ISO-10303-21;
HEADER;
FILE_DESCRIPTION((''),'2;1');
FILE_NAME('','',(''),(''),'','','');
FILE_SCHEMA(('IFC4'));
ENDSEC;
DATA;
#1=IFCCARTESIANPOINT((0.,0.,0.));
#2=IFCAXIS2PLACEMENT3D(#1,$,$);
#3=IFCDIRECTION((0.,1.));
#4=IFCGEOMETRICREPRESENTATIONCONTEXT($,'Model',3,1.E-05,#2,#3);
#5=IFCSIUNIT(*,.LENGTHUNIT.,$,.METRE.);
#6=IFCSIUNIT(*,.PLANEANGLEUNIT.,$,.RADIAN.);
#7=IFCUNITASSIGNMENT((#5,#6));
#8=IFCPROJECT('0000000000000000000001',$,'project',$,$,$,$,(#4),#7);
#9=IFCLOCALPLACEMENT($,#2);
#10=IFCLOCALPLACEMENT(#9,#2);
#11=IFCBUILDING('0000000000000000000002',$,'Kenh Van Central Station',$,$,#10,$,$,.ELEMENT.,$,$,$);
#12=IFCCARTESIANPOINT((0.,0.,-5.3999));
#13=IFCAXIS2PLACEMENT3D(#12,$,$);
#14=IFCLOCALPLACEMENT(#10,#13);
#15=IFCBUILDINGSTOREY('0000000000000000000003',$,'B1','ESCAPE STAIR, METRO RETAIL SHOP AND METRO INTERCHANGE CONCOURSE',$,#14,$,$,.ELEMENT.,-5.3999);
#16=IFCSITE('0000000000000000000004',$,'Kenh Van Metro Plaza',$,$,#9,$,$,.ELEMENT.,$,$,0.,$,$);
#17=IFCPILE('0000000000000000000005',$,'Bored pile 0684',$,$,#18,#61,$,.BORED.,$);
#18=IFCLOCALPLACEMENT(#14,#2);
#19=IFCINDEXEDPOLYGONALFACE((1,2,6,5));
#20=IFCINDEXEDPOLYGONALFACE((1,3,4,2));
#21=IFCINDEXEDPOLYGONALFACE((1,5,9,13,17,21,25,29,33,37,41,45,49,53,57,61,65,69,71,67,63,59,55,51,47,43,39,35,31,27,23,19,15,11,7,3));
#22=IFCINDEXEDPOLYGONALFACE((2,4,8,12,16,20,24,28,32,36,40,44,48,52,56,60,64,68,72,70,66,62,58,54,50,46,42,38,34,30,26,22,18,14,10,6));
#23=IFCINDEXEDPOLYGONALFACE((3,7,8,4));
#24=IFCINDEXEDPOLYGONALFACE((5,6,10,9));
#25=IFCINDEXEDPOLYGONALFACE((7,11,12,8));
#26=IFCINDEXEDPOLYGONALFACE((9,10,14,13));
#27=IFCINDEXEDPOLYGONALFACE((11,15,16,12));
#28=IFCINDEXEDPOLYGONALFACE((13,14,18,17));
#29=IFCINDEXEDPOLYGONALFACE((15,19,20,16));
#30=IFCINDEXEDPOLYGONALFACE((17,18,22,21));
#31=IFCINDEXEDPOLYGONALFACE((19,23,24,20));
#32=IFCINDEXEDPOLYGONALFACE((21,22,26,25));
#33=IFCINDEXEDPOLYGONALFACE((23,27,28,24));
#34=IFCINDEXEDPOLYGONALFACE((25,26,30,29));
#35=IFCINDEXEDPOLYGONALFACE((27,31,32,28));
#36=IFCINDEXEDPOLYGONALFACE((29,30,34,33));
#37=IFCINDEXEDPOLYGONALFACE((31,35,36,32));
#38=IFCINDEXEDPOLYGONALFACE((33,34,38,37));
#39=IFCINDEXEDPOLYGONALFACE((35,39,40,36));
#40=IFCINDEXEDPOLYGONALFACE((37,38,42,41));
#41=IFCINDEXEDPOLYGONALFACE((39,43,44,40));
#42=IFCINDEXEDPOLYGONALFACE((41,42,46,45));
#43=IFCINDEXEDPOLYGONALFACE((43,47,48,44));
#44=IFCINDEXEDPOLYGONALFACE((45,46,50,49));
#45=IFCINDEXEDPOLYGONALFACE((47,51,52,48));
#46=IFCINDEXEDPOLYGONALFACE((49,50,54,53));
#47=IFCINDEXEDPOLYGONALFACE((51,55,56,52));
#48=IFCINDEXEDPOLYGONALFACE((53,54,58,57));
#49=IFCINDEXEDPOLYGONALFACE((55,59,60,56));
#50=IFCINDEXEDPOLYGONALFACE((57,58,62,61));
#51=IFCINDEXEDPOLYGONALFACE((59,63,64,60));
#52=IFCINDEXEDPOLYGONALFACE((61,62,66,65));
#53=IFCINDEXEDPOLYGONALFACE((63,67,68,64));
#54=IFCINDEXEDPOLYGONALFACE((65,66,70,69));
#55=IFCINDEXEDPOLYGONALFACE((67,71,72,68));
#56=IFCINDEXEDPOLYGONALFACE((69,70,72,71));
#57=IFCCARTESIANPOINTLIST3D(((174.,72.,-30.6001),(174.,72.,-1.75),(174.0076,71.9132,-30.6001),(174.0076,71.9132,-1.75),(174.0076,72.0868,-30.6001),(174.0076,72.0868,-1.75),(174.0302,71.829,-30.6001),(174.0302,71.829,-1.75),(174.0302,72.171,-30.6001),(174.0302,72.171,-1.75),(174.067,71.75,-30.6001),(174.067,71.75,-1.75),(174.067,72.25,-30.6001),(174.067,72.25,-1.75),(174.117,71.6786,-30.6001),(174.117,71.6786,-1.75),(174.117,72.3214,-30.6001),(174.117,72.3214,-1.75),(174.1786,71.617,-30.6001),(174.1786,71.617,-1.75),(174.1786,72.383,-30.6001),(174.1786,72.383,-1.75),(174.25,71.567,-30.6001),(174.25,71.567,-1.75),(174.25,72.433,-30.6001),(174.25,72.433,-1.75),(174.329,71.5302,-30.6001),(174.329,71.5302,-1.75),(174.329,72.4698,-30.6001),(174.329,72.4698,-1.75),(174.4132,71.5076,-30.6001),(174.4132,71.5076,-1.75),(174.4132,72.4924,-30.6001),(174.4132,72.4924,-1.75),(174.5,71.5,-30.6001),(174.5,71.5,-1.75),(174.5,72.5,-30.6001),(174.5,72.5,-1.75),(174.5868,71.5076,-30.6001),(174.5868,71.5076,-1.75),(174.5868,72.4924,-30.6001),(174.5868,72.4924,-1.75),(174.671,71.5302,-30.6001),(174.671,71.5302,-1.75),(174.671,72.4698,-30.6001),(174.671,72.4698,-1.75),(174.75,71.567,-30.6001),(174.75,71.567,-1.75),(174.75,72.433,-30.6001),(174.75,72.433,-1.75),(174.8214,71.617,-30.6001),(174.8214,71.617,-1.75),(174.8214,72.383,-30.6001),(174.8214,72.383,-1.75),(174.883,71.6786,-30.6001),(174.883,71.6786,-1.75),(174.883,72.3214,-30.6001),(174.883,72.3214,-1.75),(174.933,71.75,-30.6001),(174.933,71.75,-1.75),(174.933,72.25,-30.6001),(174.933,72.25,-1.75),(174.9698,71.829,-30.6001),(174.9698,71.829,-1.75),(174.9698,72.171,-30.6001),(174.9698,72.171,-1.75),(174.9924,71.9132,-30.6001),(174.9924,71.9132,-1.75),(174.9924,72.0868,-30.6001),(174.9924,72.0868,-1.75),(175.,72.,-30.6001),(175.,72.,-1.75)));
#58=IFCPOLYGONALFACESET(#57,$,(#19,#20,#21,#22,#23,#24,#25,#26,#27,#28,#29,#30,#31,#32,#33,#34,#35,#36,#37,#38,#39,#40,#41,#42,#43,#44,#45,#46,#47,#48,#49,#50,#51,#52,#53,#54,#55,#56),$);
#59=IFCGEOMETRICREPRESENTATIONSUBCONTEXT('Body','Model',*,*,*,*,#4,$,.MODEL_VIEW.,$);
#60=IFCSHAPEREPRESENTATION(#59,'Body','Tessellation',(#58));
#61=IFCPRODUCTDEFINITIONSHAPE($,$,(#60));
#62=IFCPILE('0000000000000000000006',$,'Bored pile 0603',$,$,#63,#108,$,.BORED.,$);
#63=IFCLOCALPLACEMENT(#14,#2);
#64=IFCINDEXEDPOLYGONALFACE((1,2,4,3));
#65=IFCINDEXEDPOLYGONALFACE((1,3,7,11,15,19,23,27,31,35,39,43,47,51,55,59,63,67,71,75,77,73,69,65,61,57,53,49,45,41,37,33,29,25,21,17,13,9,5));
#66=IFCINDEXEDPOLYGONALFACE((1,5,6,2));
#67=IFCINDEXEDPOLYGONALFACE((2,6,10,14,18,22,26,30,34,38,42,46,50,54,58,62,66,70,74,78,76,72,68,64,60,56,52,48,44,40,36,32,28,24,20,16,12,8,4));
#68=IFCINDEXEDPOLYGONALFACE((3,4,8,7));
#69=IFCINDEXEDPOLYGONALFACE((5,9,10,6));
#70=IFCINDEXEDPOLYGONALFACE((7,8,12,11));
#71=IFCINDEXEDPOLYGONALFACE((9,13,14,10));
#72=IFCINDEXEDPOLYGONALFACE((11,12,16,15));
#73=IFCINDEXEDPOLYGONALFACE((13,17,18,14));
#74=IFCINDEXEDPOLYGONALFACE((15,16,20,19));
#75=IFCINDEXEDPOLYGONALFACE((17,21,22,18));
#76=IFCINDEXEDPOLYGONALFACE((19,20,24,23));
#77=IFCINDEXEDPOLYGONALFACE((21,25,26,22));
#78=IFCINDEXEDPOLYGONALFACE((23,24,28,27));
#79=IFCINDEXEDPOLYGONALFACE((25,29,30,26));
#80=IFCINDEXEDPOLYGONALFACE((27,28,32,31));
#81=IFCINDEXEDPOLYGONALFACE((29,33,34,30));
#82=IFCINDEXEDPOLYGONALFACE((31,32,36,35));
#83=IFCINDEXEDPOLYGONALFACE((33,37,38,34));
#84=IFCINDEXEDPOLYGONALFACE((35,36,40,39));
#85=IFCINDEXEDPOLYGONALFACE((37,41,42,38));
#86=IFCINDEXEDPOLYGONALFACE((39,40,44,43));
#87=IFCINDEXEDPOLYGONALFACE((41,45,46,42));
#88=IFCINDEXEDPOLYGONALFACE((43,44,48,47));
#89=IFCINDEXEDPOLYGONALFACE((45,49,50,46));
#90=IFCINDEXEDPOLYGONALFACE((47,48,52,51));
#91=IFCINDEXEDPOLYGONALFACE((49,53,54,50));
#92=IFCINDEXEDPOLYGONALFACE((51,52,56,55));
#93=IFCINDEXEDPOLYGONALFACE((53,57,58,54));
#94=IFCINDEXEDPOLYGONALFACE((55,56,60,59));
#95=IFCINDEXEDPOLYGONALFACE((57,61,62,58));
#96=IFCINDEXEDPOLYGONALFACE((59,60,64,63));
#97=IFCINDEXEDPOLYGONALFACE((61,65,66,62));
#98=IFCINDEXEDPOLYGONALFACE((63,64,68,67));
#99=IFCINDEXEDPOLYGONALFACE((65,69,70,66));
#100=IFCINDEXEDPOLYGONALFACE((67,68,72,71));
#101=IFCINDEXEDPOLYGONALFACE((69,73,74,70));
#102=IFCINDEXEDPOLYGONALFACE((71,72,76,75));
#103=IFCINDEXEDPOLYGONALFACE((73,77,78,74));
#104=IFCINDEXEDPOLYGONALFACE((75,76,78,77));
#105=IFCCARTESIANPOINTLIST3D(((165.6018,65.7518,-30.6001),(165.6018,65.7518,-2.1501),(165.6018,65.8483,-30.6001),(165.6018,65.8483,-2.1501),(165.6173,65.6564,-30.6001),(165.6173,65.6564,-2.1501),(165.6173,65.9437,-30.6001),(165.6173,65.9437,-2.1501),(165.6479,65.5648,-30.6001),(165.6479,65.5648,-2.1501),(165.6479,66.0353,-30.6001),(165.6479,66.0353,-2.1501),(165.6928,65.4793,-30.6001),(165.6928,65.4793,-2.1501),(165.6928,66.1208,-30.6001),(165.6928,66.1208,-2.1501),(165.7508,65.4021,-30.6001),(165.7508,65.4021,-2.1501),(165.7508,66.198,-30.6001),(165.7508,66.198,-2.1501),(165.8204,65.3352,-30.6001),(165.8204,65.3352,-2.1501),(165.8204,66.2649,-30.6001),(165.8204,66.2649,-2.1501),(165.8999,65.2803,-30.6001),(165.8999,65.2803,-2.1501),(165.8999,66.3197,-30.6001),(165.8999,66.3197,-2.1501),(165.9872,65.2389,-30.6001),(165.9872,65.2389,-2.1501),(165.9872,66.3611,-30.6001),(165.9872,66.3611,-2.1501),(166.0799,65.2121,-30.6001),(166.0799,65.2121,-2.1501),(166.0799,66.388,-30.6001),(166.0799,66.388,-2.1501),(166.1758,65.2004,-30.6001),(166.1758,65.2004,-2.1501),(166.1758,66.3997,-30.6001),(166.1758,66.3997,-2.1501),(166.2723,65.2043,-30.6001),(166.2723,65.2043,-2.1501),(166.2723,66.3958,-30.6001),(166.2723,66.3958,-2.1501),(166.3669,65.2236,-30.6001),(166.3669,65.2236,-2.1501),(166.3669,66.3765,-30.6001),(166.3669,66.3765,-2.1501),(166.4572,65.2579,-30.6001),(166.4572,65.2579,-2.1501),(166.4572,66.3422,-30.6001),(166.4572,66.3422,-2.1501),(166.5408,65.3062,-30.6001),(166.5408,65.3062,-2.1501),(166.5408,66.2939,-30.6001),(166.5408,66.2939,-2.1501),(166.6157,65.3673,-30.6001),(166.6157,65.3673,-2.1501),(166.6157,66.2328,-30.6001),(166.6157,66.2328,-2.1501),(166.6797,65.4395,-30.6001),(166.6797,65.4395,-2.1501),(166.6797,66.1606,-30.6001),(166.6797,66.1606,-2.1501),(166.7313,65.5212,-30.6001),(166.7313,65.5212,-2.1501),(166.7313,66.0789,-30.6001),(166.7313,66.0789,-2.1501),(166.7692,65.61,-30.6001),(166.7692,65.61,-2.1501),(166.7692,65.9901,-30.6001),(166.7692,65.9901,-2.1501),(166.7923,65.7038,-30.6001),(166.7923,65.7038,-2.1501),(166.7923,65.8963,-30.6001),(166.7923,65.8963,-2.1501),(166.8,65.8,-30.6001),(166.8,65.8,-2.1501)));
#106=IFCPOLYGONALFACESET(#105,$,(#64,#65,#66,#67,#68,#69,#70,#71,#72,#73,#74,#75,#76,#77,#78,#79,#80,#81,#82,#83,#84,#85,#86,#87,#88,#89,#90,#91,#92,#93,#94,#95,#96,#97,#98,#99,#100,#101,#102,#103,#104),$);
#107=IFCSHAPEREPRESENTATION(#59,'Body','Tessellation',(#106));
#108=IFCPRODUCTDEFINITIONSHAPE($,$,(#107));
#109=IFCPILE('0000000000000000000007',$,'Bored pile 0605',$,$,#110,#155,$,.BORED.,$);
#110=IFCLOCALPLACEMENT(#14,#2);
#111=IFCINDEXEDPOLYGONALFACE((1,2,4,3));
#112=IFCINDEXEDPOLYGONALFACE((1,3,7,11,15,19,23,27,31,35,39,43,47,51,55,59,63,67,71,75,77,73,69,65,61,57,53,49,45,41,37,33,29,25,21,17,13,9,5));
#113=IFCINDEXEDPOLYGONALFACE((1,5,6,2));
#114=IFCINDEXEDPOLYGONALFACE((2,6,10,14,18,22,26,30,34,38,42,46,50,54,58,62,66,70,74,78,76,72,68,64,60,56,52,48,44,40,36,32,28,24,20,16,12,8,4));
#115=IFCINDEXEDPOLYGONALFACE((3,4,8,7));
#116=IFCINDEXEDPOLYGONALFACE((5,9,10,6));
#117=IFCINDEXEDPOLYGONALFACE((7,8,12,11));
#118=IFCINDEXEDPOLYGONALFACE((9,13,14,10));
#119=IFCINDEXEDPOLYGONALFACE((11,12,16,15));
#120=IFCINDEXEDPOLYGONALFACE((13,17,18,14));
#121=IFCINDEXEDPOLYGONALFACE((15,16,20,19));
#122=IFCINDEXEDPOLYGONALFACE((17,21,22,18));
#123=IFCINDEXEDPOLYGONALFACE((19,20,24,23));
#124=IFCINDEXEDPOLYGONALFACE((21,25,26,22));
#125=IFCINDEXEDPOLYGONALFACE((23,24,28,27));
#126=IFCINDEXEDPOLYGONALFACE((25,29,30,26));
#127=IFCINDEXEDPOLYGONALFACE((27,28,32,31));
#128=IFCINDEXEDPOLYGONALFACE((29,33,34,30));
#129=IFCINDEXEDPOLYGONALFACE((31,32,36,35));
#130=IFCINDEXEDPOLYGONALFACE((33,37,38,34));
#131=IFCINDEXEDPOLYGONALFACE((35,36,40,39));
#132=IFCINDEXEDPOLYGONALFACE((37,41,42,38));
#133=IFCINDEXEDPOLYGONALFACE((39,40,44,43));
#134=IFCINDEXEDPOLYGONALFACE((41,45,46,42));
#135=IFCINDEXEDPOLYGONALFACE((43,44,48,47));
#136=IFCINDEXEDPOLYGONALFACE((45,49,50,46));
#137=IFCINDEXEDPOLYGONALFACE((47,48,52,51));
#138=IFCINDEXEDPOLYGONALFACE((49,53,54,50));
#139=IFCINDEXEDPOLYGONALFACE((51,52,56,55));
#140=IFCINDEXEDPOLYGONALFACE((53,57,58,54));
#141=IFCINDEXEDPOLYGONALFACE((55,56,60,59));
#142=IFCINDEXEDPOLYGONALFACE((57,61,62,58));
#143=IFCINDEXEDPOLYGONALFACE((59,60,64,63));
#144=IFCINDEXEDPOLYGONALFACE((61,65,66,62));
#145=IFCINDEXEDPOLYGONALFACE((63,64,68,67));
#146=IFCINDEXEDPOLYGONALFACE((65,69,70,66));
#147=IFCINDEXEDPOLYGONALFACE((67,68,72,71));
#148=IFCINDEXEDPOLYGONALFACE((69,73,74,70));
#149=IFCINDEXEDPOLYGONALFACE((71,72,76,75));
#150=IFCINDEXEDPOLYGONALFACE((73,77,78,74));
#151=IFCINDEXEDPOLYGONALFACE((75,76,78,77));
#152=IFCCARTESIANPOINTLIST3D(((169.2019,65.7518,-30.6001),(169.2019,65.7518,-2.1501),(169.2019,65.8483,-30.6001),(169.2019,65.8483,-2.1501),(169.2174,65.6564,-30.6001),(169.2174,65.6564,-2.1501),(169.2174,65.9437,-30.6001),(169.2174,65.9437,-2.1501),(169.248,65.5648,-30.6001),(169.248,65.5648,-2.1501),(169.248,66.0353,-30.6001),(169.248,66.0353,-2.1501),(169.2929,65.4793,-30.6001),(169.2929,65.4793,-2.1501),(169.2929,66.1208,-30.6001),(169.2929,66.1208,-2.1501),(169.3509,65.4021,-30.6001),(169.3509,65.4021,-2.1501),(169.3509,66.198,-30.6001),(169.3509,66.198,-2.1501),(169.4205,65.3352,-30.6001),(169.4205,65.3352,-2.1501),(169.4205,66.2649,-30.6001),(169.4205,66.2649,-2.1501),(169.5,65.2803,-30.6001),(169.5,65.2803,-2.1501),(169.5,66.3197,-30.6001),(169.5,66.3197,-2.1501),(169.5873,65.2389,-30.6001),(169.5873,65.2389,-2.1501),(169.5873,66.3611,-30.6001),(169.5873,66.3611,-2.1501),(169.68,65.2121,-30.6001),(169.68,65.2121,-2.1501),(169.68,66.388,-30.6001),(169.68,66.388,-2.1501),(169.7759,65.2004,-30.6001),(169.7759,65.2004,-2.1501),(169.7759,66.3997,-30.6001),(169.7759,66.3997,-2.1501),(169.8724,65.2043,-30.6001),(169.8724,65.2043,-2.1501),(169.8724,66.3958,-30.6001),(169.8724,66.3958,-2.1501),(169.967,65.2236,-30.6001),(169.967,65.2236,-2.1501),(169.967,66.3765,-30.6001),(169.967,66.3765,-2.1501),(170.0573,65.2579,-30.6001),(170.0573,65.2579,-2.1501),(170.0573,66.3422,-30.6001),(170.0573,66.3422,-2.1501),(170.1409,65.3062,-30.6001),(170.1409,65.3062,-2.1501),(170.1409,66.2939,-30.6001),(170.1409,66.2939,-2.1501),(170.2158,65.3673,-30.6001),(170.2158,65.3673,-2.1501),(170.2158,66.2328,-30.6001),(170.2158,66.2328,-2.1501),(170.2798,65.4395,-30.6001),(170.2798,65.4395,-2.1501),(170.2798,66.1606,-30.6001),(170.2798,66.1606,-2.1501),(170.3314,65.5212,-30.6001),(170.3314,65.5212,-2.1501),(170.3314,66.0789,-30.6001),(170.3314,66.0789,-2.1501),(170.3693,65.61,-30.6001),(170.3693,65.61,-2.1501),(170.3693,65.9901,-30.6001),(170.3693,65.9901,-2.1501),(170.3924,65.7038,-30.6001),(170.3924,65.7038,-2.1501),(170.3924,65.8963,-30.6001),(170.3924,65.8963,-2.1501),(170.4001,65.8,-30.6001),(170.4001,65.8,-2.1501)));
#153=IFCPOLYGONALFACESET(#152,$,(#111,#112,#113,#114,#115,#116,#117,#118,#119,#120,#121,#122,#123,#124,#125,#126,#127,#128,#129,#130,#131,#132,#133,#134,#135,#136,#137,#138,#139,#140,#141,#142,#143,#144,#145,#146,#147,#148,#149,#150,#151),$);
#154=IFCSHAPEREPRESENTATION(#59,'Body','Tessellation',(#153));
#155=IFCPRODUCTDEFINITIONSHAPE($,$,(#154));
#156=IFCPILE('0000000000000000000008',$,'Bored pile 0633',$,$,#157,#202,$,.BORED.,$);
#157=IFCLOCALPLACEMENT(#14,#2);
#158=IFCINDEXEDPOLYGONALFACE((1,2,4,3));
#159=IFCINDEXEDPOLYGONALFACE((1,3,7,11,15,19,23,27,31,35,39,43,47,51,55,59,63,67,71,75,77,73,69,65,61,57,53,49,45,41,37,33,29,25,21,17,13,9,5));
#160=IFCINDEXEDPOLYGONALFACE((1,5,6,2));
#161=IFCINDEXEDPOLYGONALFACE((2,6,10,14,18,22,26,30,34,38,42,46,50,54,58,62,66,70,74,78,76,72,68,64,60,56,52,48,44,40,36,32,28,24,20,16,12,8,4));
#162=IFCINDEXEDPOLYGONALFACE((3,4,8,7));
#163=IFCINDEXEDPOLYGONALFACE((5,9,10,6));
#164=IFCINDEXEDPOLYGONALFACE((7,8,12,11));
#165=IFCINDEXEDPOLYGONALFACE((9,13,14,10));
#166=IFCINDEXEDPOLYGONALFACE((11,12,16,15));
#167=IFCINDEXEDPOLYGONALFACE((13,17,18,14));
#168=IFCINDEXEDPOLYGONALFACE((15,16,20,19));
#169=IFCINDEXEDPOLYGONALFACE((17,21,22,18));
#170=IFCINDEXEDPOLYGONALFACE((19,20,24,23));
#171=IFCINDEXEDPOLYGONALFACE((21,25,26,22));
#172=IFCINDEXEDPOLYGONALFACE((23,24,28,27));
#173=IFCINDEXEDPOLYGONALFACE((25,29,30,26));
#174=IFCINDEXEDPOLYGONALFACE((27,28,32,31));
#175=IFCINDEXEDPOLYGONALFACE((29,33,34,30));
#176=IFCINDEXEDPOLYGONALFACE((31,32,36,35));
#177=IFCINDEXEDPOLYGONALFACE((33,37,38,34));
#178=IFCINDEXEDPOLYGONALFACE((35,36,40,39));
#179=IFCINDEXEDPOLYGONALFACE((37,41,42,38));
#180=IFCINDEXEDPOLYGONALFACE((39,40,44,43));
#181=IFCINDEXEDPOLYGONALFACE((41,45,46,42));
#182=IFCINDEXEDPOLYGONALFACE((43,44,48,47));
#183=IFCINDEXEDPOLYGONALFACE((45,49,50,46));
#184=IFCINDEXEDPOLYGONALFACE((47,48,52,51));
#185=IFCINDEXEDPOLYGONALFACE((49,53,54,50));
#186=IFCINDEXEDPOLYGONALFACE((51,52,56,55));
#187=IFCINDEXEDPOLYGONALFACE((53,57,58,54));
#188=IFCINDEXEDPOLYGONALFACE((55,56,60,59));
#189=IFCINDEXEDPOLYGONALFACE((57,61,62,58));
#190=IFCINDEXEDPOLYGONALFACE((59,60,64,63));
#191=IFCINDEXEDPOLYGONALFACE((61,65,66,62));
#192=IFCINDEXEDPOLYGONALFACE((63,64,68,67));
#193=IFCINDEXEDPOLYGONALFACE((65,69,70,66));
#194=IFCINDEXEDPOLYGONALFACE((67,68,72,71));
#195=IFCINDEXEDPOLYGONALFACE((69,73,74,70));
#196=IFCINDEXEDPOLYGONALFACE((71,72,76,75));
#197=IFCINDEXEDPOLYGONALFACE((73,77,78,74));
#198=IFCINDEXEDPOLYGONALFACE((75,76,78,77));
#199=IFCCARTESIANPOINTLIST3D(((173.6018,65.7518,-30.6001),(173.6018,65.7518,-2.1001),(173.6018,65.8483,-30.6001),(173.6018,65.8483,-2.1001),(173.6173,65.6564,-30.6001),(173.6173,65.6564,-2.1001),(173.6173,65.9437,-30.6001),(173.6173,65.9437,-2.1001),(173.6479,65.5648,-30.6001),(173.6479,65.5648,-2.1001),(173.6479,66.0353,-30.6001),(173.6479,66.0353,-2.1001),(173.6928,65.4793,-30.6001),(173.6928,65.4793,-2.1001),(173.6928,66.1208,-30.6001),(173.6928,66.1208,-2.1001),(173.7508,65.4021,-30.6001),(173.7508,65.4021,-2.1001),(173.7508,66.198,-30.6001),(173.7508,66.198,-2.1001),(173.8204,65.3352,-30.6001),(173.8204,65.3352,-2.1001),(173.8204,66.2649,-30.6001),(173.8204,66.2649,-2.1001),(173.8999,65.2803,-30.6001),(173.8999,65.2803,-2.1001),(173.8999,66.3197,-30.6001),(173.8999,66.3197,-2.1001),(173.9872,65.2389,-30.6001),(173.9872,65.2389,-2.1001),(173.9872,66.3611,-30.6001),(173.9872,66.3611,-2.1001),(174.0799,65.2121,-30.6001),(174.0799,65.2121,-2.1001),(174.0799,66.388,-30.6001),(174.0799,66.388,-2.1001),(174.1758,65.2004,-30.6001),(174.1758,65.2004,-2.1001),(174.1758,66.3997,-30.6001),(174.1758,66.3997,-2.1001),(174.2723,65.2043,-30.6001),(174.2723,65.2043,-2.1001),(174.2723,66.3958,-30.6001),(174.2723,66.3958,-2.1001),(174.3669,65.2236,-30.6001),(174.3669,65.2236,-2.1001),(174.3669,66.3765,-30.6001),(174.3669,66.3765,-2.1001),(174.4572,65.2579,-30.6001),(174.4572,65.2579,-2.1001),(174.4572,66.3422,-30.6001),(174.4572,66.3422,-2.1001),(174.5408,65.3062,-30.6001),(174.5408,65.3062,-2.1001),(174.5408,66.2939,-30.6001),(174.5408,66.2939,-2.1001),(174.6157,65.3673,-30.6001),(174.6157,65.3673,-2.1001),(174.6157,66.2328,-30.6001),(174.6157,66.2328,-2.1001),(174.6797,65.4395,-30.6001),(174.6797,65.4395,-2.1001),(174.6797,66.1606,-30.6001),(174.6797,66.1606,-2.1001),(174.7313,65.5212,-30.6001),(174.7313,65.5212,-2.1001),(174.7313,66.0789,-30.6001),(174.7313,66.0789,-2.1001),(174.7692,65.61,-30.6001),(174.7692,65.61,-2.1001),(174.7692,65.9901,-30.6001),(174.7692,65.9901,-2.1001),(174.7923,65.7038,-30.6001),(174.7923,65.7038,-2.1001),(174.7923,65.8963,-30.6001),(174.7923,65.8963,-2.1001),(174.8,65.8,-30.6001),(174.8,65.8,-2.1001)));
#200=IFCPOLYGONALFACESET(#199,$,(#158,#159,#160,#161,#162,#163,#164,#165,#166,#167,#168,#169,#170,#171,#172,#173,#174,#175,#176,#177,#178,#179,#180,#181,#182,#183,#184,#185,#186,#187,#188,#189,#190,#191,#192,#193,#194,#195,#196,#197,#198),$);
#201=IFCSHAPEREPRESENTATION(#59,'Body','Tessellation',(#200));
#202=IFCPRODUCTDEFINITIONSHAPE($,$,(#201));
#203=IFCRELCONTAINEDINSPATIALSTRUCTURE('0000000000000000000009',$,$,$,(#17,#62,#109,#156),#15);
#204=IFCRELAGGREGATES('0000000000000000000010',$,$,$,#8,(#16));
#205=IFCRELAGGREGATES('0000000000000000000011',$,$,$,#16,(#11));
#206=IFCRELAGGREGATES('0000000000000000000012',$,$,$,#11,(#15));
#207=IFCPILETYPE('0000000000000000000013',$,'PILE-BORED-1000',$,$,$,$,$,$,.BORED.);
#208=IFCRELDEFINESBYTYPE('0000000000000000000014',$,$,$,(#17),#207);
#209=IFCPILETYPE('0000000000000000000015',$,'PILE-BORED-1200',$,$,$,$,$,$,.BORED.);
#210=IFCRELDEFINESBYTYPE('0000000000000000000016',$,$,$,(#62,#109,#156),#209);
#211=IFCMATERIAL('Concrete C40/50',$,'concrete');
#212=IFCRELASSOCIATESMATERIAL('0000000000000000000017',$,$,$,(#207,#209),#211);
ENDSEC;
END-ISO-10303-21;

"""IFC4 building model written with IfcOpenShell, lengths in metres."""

from ifc_helpers import new_model, si_unit, direction, frame, origin, origin_2d, place, context, subcontext, project, spatial, circle, extrude, material, material_profile, profile_set, type_object, element, save


model = new_model("IFC4")

# Units and contexts
model_context = context("Model", 3, precision=1e-05, world=origin(), true_north=direction((0.0, 1.0)))
body_context = subcontext(model_context, "Body", "Model", "MODEL_VIEW")
ifc_project = project(units=[si_unit("LENGTHUNIT", "METRE"), si_unit("PLANEANGLEUNIT", "RADIAN")], contexts=[model_context])

# Site, building, storey
site_placement = place(None, origin())
site = spatial("IfcSite", under=ifc_project, at=site_placement, Name="Kenh Van Metro Plaza", CompositionType="ELEMENT", RefElevation=0.0)
building_placement = place(site_placement, origin())
building = spatial("IfcBuilding", under=site, at=building_placement, Name="Kenh Van Central Station", CompositionType="ELEMENT")
storey_placement = place(building_placement, frame((0.0, 0.0, -5.3999)))
storey = spatial("IfcBuildingStorey", under=building, at=storey_placement, Name="B1", Description="ESCAPE STAIR, METRO RETAIL SHOP AND METRO INTERCHANGE CONCOURSE", CompositionType="ELEMENT", Elevation=-5.3999)

# Shared definitions
ifc_material_1 = material(Name="Concrete C40/50", Category="concrete")

# Piles
ifc_material_profile_1 = material_profile(ifc_material_1, circle(Radius=0.5, at=origin_2d()), Name="PILE D1000")
ifc_profile_set_1 = profile_set([ifc_material_profile_1], Name="Concrete C40/50")
pile_type_1 = type_object("IfcPileType", Name="PILE-BORED-1000", PredefinedType="BORED", material=ifc_profile_set_1)
for number, where, z_axis, x_axis, name in (
    (1, (174.5, 72.0, -1.75), (0.0, 0.0, -1.0), (1.0, 0.0, 0.0), "Bored pile 0684"),
):
    element("IfcPile", number, at=place(storey_placement, frame(where, z_axis=z_axis, x_axis=x_axis)), inside=storey, type_object=pile_type_1, Name=name, PredefinedType="BORED", context=body_context, shape_type="SweptSolid", body=[
        extrude(circle(Radius=0.5, at=origin_2d()), origin(), (0.0, 0.0, 1.0), 28.8501),
    ])
ifc_material_profile_2 = material_profile(ifc_material_1, circle(Radius=0.6001, at=origin_2d()), Name="PILE D1200")
ifc_profile_set_2 = profile_set([ifc_material_profile_2], Name="Concrete C40/50")
pile_type_2 = type_object("IfcPileType", Name="PILE-BORED-1200", PredefinedType="BORED", material=ifc_profile_set_2)
for number, where, z_axis, x_axis, name in (
    (2, (166.2, 65.8, -2.1501), (0.0, 0.0, -1.0), (1.0, 0.0, 0.0), "Bored pile 0603"),
    (3, (169.8, 65.8, -2.1501), (0.0, 0.0, -1.0), (1.0, 0.0, 0.0), "Bored pile 0605"),
):
    element("IfcPile", number, at=place(storey_placement, frame(where, z_axis=z_axis, x_axis=x_axis)), inside=storey, type_object=pile_type_2, Name=name, PredefinedType="BORED", context=body_context, shape_type="SweptSolid", body=[
        extrude(circle(Radius=0.6001, at=origin_2d()), origin(), (0.0, 0.0, 1.0), 28.45),
    ])
for number, where, z_axis, x_axis, name in (
    (4, (174.2, 65.8, -2.1001), (0.0, 0.0, -1.0), (1.0, 0.0, 0.0), "Bored pile 0633"),
):
    element("IfcPile", number, at=place(storey_placement, frame(where, z_axis=z_axis, x_axis=x_axis)), inside=storey, type_object=pile_type_2, Name=name, PredefinedType="BORED", context=body_context, shape_type="SweptSolid", body=[
        extrude(circle(Radius=0.6001, at=origin_2d()), origin(), (0.0, 0.0, 1.0), 28.5),
    ])

save(model, "model.ifc")
